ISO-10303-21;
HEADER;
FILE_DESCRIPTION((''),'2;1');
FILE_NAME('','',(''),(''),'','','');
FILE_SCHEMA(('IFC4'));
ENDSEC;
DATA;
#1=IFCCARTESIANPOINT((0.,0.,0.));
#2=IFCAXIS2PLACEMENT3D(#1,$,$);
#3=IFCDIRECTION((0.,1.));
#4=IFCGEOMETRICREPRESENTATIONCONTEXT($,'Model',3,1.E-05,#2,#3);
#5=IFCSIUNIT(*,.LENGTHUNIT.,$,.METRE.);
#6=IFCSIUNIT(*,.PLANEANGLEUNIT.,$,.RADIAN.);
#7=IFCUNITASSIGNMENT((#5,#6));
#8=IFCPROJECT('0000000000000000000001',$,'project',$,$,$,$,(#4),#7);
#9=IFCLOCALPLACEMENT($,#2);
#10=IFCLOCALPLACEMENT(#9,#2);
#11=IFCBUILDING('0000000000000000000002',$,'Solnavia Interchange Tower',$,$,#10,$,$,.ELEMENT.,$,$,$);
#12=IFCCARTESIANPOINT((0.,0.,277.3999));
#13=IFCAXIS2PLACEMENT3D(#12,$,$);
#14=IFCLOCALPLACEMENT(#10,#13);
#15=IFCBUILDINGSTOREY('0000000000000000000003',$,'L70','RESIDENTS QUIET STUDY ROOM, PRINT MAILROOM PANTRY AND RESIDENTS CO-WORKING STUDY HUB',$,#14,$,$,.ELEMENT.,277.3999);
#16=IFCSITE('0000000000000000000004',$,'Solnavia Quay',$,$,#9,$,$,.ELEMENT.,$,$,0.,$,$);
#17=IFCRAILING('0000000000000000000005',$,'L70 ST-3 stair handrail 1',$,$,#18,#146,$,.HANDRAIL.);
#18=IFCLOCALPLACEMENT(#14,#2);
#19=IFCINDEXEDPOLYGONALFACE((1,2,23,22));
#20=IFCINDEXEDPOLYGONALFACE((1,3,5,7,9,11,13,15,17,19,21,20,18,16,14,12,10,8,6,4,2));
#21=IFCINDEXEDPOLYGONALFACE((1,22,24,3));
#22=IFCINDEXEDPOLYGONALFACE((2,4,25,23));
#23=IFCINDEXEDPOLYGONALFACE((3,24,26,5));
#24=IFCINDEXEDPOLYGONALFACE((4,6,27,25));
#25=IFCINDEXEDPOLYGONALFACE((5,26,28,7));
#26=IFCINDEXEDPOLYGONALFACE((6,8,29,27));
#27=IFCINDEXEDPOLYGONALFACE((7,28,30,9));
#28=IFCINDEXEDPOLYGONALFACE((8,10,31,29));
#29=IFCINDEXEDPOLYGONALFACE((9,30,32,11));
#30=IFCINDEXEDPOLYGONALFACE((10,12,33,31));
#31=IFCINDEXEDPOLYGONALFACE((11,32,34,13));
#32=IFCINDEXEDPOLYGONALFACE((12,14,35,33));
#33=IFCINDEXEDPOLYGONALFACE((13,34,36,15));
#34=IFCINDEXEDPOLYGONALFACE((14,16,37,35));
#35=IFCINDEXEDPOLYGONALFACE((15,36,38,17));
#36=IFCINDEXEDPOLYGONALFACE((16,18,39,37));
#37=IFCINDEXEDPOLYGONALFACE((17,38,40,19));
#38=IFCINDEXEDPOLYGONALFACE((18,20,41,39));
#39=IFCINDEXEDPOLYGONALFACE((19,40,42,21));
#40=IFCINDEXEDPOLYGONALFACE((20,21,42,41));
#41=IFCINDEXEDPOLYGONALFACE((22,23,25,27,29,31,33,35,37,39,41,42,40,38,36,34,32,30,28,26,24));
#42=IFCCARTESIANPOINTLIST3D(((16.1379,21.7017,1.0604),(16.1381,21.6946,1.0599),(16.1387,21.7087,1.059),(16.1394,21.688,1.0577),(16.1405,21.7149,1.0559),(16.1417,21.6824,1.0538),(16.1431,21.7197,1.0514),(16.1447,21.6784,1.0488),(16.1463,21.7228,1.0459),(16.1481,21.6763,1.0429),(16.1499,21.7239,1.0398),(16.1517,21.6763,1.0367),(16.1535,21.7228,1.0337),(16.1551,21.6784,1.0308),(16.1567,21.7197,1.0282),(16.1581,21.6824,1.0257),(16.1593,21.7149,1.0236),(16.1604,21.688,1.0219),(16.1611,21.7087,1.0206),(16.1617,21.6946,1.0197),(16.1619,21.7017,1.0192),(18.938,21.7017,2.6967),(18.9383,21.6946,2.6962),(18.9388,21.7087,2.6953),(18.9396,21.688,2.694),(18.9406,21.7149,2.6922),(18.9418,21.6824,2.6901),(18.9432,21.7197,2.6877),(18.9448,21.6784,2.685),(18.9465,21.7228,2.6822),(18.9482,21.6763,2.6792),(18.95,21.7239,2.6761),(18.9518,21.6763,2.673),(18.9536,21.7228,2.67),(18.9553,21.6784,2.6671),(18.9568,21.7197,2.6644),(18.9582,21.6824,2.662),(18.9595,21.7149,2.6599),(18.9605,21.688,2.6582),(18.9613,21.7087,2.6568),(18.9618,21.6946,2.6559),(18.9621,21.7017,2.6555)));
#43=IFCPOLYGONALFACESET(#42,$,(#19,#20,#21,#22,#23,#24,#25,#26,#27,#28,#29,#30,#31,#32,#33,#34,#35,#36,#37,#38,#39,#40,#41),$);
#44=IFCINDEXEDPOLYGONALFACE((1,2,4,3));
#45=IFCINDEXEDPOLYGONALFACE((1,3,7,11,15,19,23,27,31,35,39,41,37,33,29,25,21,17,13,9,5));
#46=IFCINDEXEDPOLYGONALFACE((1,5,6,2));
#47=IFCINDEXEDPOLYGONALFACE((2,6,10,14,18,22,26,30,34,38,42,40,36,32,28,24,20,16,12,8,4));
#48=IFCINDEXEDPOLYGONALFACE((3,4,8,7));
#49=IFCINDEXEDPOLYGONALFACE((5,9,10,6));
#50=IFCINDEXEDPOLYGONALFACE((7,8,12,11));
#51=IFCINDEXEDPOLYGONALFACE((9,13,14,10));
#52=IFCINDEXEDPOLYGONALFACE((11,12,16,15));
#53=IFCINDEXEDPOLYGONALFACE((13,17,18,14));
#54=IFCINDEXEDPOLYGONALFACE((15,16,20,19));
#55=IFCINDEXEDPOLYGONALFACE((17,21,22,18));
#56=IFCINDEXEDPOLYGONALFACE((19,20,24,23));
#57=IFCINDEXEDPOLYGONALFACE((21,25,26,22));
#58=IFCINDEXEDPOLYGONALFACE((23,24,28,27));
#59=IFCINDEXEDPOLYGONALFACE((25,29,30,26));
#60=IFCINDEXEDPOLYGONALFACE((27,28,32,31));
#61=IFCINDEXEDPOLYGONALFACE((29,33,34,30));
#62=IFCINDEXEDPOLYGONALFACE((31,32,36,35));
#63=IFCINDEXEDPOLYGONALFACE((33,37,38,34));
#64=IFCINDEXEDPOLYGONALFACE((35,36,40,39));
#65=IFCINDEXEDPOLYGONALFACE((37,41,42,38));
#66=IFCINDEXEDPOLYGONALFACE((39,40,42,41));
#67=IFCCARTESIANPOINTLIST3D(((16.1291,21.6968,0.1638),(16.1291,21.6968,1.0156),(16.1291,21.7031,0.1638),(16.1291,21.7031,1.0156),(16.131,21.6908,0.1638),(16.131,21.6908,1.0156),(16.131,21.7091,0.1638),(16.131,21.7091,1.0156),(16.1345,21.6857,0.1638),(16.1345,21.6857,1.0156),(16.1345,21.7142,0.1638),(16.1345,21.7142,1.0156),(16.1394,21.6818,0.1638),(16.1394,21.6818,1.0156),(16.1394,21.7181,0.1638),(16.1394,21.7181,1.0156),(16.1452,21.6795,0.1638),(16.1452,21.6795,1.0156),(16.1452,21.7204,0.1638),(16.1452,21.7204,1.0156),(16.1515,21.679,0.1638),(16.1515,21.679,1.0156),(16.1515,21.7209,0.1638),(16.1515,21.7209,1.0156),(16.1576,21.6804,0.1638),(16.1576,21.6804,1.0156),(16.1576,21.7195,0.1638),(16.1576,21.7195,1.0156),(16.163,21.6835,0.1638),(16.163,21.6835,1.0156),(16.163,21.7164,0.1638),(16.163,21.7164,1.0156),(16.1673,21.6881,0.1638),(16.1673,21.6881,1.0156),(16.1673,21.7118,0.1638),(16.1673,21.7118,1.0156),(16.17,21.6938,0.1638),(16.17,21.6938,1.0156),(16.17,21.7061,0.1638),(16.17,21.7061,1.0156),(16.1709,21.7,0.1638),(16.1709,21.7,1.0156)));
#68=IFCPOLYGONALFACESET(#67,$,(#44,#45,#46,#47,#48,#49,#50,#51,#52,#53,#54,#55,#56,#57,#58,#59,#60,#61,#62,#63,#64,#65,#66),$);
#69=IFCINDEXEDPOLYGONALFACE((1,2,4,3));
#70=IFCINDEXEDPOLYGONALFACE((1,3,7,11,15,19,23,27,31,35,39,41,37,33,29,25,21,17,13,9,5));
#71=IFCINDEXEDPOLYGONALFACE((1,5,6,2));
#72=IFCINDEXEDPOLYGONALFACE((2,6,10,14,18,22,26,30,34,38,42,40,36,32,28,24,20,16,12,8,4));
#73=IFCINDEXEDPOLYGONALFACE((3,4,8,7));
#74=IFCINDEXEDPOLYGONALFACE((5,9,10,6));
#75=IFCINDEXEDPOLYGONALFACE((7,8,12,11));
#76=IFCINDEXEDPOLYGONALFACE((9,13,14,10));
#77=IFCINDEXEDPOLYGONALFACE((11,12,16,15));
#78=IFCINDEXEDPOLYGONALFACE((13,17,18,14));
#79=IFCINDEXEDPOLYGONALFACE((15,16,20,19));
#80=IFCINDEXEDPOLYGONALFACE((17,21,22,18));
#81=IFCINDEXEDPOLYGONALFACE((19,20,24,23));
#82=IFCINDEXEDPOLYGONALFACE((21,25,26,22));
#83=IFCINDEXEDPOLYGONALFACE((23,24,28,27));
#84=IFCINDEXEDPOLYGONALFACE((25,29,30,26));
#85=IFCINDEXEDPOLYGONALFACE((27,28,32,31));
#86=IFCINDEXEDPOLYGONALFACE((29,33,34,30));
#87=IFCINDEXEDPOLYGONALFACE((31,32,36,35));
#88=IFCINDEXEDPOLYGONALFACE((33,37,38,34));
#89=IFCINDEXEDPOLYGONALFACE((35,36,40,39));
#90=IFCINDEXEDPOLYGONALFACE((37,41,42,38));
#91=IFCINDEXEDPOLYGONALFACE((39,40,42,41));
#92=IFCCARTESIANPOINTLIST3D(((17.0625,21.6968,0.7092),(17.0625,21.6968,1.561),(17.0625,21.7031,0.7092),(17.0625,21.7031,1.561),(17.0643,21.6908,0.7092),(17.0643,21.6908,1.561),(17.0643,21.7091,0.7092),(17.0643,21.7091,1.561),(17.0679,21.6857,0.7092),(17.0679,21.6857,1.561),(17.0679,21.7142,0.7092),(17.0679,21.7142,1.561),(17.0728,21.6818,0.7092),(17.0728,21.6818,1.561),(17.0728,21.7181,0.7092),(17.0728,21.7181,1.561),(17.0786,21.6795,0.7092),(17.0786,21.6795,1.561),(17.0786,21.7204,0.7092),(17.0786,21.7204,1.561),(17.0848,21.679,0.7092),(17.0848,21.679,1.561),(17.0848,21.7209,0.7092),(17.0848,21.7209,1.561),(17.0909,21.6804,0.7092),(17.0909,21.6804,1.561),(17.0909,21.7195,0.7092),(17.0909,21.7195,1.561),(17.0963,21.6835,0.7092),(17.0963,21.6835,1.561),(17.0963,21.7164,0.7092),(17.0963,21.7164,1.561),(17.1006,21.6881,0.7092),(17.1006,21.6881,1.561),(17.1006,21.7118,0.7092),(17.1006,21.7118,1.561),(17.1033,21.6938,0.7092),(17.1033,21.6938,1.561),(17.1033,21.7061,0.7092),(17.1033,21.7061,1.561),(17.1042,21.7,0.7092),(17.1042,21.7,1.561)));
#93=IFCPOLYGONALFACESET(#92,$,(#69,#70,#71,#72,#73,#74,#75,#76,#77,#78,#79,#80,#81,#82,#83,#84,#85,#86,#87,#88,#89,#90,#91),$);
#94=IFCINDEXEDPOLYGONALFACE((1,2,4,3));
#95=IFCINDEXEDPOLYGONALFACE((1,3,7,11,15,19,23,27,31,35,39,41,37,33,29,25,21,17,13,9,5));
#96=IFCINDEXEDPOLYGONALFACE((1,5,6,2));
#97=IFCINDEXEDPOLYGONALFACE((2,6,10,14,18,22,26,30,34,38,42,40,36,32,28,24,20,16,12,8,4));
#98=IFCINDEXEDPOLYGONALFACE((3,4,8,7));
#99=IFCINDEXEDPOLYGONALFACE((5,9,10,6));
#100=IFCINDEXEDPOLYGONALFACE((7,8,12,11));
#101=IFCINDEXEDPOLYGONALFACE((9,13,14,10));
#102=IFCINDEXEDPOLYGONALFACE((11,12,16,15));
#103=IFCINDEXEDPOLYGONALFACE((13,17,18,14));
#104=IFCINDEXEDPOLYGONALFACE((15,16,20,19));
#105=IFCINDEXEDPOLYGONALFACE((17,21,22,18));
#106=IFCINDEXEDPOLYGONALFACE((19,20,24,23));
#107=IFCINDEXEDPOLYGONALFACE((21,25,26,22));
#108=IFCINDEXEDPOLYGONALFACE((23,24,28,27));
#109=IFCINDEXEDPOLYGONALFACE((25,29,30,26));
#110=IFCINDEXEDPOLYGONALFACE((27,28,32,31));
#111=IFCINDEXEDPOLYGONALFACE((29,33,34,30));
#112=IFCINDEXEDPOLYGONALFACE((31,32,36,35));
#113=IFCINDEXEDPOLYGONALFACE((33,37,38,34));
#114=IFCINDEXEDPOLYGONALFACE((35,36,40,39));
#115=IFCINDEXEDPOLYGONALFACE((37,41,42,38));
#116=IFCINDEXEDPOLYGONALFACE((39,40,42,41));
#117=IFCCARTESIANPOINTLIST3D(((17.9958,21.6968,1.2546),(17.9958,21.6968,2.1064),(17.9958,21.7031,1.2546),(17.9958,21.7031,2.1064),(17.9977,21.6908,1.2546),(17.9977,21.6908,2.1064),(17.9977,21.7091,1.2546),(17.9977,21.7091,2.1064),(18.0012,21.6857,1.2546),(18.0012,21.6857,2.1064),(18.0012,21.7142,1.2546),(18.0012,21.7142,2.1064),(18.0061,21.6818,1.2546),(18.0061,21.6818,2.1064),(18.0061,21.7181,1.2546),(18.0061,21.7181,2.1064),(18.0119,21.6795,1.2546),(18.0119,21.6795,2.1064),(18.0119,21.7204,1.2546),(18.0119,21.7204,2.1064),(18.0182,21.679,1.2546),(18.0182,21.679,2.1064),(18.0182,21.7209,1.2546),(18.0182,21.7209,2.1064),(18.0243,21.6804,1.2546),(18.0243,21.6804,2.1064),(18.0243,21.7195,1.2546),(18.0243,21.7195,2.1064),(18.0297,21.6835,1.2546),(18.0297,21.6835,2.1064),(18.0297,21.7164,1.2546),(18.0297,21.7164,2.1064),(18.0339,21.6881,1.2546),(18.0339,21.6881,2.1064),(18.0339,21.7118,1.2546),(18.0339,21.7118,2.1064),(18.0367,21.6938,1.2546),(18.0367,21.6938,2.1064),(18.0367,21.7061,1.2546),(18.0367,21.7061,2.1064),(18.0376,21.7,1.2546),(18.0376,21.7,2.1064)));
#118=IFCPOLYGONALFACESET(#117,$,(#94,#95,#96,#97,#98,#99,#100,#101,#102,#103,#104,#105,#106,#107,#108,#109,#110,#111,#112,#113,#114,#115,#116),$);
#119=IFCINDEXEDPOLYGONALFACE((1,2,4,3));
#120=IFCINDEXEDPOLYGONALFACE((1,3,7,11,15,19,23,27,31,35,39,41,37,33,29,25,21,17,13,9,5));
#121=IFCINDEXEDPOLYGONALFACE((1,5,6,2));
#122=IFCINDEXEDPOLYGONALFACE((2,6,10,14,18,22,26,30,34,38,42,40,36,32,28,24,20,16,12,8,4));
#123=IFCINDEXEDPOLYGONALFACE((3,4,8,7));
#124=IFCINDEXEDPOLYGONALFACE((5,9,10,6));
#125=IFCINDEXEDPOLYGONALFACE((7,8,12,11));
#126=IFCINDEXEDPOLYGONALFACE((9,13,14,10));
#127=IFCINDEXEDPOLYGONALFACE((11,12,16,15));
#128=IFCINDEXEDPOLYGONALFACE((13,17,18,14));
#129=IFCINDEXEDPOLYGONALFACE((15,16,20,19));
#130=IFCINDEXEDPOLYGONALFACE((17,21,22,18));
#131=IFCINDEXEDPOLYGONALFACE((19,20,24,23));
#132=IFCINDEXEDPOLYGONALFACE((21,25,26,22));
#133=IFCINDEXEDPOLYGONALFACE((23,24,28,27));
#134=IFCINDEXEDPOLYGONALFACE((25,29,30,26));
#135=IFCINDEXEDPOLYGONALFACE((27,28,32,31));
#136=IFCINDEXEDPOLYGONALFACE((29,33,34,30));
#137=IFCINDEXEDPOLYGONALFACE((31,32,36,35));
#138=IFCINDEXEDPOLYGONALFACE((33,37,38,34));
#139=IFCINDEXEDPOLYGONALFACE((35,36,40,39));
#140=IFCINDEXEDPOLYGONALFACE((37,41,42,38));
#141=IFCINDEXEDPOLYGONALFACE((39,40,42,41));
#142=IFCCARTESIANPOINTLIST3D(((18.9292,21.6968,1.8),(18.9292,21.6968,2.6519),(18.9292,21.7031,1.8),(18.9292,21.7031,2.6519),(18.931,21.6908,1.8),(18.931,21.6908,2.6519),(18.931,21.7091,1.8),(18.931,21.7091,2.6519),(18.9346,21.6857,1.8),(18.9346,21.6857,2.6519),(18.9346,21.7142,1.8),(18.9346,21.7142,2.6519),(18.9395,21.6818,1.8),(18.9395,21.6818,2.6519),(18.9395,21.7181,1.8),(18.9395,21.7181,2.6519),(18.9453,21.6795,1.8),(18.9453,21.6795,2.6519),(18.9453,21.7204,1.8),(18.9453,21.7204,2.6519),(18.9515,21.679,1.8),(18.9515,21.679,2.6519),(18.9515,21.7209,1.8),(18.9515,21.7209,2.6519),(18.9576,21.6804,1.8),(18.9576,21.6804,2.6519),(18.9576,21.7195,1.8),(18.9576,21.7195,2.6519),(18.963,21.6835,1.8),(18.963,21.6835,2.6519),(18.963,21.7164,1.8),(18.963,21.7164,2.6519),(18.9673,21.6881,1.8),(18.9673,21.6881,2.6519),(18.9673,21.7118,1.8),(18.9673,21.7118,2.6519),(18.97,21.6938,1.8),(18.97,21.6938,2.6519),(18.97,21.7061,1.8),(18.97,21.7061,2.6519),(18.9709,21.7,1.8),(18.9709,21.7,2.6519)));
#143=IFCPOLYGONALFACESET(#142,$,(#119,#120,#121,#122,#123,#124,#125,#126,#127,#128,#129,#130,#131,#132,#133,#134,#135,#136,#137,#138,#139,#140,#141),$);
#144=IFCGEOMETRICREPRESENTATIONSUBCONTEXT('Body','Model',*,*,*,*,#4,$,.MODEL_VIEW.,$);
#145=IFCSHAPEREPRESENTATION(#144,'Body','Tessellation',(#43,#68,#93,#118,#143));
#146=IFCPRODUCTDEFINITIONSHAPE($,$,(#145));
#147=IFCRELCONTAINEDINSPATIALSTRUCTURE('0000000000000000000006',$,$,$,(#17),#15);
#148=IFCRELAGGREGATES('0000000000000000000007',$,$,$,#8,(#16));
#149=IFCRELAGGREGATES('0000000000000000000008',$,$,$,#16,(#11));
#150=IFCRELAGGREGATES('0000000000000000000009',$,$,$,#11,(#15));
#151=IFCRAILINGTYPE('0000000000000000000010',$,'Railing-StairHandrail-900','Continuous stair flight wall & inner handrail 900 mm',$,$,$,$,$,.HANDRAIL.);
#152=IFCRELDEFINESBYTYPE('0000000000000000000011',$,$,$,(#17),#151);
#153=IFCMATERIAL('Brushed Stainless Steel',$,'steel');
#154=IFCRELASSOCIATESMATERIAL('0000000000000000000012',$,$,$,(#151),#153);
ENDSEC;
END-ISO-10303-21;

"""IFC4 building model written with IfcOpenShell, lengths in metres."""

from ifc_helpers import new_model, si_unit, direction, frame, origin, origin_2d, place, context, subcontext, project, spatial, circle, extrude, material, type_object, element, save


model = new_model("IFC4")

# Units and contexts
model_context = context("Model", 3, precision=1e-05, world=origin(), true_north=direction((0.0, 1.0)))
body_context = subcontext(model_context, "Body", "Model", "MODEL_VIEW")
ifc_project = project(units=[si_unit("LENGTHUNIT", "METRE"), si_unit("PLANEANGLEUNIT", "RADIAN")], contexts=[model_context])

# Site, building, storey
site_placement = place(None, origin())
site = spatial("IfcSite", under=ifc_project, at=site_placement, Name="Solnavia Quay", CompositionType="ELEMENT", RefElevation=0.0)
building_placement = place(site_placement, origin())
building = spatial("IfcBuilding", under=site, at=building_placement, Name="Solnavia Interchange Tower", CompositionType="ELEMENT")
storey_placement = place(building_placement, frame((0.0, 0.0, 277.3999)))
storey = spatial("IfcBuildingStorey", under=building, at=storey_placement, Name="L70", Description="RESIDENTS QUIET STUDY ROOM, PRINT MAILROOM PANTRY AND RESIDENTS CO-WORKING STUDY HUB", CompositionType="ELEMENT", Elevation=277.3999)

# Railing
ifc_material_1 = material(Name="Brushed Stainless Steel", Category="steel")
railing_type_1 = type_object("IfcRailingType", Name="Railing-StairHandrail-900", Description="Continuous stair flight wall & inner handrail 900 mm", PredefinedType="HANDRAIL", material=ifc_material_1)
railing_1_placement = place(storey_placement, frame((16.1499, 21.7, 0.1638)))
element("IfcRailing", 1, at=railing_1_placement, inside=storey, type_object=railing_type_1, Name="L70 ST-3 stair handrail 1", PredefinedType="HANDRAIL", context=body_context, shape_type="SweptSolid", body=[
    extrude(circle(Radius=0.0239, at=origin_2d()), frame((0.0, 0.0, 0.876), z_axis=(0.863394, 0.0, 0.504531), x_axis=(0.0, 1.0, 0.0)), (0.0, 0.0, 1.0), 3.2432),
    extrude(circle(Radius=0.021, at=origin_2d()), origin(), (0.0, 0.0, 1.0), 0.8518),
    extrude(circle(Radius=0.021, at=origin_2d()), frame((0.9333, 0.0, 0.5454)), (0.0, 0.0, 1.0), 0.8518),
    extrude(circle(Radius=0.021, at=origin_2d()), frame((1.8667, 0.0, 1.0908)), (0.0, 0.0, 1.0), 0.8518),
    extrude(circle(Radius=0.021, at=origin_2d()), frame((2.8, 0.0, 1.6362)), (0.0, 0.0, 1.0), 0.8518),
])

save(model, "model.ifc")
